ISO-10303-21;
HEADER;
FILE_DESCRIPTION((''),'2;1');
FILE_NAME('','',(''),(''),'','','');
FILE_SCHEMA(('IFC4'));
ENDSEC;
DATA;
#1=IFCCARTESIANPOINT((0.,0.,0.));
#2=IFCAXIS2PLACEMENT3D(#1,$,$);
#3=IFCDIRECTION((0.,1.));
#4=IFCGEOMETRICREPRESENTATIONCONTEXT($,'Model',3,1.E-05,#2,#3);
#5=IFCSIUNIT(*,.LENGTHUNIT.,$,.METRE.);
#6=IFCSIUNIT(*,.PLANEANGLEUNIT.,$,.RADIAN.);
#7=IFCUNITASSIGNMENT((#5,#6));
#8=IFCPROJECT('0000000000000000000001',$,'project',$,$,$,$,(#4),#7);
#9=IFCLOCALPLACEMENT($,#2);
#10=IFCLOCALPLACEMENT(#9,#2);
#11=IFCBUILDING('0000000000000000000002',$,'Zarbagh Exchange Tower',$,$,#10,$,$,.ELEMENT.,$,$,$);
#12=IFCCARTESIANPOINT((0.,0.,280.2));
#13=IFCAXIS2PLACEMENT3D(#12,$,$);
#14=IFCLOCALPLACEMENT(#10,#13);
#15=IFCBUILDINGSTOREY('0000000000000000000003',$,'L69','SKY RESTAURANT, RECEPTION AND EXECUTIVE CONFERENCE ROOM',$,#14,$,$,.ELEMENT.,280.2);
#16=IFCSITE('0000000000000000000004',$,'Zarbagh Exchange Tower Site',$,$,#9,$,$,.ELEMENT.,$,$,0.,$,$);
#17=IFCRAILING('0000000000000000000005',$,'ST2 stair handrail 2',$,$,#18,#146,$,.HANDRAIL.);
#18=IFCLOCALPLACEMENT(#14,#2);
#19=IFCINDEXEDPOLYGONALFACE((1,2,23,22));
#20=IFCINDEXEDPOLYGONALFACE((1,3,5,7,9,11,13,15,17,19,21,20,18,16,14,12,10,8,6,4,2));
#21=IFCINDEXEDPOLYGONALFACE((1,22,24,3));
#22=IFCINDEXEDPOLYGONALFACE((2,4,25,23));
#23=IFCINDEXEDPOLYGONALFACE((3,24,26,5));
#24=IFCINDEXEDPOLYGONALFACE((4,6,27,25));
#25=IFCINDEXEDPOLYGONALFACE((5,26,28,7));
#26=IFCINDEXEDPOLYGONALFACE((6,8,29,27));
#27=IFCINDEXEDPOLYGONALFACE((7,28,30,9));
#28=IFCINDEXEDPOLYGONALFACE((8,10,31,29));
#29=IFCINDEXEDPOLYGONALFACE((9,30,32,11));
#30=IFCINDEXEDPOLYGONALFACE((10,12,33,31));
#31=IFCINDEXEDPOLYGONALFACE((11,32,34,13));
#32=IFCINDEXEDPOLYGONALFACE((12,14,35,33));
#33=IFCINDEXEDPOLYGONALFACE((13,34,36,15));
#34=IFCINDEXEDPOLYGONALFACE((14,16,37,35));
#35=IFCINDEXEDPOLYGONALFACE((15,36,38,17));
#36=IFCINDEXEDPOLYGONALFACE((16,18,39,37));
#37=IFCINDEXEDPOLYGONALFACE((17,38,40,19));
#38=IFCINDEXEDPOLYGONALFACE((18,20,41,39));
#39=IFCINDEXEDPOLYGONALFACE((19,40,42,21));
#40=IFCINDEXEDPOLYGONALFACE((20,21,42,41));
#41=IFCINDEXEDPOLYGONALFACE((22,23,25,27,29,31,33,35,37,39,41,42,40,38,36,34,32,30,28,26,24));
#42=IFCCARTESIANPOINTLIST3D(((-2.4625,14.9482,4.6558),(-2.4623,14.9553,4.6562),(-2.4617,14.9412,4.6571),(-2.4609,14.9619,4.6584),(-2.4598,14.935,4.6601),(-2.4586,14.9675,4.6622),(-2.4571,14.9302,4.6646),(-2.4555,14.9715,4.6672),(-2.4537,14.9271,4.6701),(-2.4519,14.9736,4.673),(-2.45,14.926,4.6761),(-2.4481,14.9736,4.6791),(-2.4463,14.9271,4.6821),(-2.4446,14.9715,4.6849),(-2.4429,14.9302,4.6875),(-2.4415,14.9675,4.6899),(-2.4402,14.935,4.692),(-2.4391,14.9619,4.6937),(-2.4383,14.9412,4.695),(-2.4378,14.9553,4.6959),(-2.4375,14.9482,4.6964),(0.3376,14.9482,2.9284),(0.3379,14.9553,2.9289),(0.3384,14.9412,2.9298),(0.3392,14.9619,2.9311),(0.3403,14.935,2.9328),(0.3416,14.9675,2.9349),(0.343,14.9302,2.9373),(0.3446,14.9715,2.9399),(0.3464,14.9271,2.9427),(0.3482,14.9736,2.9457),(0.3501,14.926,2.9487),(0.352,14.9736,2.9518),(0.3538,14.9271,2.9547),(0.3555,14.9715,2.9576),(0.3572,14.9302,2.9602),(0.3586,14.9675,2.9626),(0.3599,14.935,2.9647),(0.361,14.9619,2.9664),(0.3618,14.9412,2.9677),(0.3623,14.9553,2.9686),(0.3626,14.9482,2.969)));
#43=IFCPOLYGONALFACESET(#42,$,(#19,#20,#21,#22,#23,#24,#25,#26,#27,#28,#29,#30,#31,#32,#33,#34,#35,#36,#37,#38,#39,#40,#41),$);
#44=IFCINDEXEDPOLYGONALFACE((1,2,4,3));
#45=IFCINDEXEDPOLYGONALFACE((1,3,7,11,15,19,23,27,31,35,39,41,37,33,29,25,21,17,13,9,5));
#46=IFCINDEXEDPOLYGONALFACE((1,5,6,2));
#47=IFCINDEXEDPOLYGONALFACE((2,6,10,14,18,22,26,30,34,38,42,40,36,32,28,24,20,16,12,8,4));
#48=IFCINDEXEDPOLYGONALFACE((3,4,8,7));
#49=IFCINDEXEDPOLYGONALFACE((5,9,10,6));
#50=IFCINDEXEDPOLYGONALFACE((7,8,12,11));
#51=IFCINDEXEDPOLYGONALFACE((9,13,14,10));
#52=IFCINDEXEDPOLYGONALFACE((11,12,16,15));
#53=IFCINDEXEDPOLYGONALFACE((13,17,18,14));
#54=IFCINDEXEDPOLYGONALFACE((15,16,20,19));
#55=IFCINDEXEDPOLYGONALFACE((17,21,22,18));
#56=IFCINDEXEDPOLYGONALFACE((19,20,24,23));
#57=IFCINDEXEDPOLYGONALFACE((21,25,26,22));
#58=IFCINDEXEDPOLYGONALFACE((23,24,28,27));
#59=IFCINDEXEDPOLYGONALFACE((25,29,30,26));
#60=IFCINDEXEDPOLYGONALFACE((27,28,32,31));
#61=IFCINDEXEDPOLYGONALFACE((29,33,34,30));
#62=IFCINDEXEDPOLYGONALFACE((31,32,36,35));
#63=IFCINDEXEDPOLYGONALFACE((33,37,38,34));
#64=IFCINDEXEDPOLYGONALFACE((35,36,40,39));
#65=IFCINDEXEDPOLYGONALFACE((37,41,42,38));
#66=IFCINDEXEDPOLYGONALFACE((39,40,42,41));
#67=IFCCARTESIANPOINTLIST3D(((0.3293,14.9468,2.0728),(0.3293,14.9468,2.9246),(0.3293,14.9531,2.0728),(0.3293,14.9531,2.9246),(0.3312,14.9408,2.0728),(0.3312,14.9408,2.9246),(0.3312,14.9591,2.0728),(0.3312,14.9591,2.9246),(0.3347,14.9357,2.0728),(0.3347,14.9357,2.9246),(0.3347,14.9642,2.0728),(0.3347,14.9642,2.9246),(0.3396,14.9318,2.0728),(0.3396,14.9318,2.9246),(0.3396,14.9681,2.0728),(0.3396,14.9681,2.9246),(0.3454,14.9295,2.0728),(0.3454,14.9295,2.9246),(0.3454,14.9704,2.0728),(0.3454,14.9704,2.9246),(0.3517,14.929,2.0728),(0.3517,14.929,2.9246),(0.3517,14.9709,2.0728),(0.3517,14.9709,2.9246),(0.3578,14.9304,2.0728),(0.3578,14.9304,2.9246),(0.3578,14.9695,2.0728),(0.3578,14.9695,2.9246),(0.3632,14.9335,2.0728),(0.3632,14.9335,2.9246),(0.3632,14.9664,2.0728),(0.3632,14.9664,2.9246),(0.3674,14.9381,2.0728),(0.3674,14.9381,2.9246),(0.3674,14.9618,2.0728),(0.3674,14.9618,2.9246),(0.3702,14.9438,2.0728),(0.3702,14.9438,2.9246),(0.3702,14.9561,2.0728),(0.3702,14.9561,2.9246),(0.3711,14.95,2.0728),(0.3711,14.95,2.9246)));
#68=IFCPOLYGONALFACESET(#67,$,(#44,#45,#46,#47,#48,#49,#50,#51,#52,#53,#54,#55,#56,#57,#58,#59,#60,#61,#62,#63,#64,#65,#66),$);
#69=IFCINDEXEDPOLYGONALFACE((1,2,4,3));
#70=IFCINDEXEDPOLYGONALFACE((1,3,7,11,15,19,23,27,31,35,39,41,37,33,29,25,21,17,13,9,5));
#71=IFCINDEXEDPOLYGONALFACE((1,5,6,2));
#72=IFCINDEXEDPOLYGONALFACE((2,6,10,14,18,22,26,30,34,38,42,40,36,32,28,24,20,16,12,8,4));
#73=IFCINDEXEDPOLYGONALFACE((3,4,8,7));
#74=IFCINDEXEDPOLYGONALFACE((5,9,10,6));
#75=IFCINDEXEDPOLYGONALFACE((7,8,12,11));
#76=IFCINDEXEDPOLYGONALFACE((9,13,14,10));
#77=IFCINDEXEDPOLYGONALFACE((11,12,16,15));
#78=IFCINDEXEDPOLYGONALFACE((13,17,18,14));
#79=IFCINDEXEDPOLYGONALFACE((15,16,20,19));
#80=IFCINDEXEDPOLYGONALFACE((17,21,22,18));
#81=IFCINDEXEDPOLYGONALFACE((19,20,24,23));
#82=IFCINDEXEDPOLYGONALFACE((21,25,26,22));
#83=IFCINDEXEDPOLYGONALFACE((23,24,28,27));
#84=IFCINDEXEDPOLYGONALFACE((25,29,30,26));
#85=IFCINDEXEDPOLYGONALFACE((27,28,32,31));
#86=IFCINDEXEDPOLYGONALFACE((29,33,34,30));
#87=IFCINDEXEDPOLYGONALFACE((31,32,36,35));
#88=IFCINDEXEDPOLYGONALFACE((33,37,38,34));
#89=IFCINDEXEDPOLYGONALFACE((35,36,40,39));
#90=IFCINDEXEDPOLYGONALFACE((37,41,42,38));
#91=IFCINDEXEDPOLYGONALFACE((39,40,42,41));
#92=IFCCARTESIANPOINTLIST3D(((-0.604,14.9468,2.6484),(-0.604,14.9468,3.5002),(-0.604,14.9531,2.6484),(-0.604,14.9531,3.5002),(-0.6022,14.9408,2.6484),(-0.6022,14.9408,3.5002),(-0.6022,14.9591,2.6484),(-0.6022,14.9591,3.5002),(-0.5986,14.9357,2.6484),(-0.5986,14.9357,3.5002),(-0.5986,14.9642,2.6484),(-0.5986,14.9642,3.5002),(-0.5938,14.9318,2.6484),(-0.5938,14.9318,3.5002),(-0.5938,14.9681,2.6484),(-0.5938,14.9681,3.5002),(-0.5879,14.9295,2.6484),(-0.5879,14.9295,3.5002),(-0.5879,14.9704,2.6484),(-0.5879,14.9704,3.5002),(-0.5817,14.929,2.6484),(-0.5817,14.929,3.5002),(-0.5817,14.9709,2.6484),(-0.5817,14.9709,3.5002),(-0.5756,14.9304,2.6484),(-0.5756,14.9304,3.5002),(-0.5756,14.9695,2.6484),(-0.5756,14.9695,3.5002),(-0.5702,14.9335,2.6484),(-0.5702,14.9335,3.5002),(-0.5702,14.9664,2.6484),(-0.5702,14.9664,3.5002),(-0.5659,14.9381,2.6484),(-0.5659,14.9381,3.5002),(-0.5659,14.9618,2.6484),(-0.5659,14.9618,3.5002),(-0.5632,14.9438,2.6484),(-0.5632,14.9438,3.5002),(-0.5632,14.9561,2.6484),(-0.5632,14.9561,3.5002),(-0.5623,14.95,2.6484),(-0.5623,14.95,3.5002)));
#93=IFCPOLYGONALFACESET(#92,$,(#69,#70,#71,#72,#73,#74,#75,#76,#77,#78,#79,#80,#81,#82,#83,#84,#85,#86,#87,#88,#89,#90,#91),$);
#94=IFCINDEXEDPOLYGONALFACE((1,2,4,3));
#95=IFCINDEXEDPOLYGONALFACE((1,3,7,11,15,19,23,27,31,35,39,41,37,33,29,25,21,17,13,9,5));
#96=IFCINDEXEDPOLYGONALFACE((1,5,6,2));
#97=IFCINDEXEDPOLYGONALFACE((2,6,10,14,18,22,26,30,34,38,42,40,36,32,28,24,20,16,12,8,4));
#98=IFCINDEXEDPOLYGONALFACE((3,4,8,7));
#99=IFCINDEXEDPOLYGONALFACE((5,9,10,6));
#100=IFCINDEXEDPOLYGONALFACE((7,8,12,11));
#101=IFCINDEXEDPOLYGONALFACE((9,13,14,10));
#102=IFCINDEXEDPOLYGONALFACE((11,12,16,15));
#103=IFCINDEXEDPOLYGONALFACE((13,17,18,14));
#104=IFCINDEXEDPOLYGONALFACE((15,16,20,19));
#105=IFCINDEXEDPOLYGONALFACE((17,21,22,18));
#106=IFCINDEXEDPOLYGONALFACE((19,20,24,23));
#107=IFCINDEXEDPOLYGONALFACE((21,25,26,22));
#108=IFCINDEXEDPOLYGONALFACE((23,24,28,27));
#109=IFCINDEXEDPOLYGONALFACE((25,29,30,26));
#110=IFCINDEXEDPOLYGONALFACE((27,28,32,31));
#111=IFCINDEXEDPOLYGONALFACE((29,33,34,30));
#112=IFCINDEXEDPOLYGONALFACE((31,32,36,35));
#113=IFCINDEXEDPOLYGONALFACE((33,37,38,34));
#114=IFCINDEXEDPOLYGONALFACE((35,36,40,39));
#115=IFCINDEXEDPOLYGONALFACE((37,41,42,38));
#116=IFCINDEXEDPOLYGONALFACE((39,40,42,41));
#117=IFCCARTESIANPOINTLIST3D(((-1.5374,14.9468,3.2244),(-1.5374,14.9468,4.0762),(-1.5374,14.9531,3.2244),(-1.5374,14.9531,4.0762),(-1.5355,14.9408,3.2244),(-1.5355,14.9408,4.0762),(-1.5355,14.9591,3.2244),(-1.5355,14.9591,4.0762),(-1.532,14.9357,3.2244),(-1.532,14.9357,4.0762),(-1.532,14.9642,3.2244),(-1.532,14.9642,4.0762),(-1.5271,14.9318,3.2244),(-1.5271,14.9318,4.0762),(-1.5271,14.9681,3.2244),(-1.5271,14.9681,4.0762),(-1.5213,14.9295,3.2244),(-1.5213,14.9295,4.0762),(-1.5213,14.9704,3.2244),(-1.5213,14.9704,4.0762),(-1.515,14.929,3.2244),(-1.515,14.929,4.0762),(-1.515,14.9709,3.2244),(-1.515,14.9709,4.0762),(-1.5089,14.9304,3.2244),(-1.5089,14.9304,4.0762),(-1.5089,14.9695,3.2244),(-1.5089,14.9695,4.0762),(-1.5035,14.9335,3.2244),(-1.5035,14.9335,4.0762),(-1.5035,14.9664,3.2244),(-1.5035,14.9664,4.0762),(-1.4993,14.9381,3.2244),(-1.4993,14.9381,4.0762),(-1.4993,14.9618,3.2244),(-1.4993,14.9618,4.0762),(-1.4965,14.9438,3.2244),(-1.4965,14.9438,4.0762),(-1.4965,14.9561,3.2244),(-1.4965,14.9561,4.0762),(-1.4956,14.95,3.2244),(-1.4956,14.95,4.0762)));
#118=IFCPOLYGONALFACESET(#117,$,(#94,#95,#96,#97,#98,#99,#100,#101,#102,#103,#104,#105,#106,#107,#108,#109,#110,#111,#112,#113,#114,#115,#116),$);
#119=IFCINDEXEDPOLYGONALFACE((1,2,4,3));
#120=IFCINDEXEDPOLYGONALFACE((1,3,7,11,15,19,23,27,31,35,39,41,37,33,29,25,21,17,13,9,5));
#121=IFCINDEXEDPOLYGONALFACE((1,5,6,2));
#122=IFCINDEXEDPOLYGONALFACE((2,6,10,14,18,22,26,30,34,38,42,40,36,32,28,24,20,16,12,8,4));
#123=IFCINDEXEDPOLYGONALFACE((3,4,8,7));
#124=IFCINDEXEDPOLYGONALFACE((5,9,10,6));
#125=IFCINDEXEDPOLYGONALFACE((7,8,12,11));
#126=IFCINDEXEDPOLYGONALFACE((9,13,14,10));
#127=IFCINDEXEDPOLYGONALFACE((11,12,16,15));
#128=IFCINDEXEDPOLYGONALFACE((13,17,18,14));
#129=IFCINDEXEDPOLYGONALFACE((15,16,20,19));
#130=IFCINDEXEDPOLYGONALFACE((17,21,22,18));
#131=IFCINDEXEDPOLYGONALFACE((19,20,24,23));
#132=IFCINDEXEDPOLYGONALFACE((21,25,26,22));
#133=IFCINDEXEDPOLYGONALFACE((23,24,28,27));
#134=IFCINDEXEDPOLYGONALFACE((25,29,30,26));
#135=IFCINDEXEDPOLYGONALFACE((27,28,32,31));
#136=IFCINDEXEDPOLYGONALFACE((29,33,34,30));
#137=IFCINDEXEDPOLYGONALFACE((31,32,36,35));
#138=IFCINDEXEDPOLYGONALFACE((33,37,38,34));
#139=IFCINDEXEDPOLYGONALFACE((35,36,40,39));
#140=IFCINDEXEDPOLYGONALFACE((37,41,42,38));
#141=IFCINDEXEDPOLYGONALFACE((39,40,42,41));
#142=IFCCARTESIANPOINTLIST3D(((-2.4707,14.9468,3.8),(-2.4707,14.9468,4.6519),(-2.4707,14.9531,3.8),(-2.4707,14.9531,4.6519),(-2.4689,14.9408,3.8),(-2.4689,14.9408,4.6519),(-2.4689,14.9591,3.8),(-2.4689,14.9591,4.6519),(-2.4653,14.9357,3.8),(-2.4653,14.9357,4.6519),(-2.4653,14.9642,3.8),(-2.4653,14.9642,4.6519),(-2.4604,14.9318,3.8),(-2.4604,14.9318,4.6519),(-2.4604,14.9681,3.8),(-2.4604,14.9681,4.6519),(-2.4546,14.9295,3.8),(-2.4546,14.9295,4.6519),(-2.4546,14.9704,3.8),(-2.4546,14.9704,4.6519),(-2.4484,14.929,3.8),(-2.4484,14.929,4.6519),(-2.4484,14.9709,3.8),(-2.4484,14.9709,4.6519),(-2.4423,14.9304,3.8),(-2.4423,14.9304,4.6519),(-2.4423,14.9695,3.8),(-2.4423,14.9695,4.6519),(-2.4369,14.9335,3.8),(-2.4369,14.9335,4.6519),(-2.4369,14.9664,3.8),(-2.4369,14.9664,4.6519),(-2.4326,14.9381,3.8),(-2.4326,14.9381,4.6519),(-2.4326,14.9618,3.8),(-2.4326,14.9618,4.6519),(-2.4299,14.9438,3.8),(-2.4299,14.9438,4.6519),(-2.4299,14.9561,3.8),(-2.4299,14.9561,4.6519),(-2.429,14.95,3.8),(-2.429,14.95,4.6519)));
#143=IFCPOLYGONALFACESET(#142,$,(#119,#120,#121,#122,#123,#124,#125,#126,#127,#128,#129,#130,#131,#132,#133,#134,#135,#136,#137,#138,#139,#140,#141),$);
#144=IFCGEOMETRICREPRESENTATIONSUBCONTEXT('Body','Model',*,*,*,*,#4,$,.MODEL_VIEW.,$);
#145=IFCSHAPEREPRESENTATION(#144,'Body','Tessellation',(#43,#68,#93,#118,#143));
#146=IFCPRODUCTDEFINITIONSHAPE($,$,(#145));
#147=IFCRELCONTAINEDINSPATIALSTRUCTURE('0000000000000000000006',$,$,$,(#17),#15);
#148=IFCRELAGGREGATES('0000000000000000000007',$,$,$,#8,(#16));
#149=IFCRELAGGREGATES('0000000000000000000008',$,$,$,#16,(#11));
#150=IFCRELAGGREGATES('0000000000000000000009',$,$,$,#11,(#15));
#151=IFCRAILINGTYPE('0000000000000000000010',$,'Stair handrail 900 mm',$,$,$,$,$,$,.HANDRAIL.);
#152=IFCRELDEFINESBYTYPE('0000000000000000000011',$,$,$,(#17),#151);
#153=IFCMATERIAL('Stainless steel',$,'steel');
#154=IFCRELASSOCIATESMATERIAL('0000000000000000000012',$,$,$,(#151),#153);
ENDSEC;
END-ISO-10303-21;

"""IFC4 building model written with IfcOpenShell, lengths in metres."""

from ifc_helpers import new_model, si_unit, direction, frame, origin, origin_2d, place, context, subcontext, project, spatial, circle, extrude, material, type_object, element, save


model = new_model("IFC4")

# Units and contexts
model_context = context("Model", 3, precision=1e-05, world=origin(), true_north=direction((0.0, 1.0)))
body_context = subcontext(model_context, "Body", "Model", "MODEL_VIEW")
ifc_project = project(units=[si_unit("LENGTHUNIT", "METRE"), si_unit("PLANEANGLEUNIT", "RADIAN")], contexts=[model_context])

# Site, building, storey
site_placement = place(None, origin())
site = spatial("IfcSite", under=ifc_project, at=site_placement, Name="Zarbagh Exchange Tower Site", CompositionType="ELEMENT", RefElevation=0.0)
building_placement = place(site_placement, origin())
building = spatial("IfcBuilding", under=site, at=building_placement, Name="Zarbagh Exchange Tower", CompositionType="ELEMENT")
storey_placement = place(building_placement, frame((0.0, 0.0, 280.2)))
storey = spatial("IfcBuildingStorey", under=building, at=storey_placement, Name="L69", Description="SKY RESTAURANT, RECEPTION AND EXECUTIVE CONFERENCE ROOM", CompositionType="ELEMENT", Elevation=280.2)

# Shared definitions
ifc_material_1 = material(Name="Stainless steel", Category="steel")

# Railing
railing_type_1 = type_object("IfcRailingType", Name="Stair handrail 900 mm", PredefinedType="HANDRAIL", material=ifc_material_1)
railing_1_placement = place(storey_placement, frame((0.3501, 14.95, 2.0728)))
element("IfcRailing", 1, at=railing_1_placement, inside=storey, type_object=railing_type_1, Name="ST2 stair handrail 2", PredefinedType="HANDRAIL", context=body_context, shape_type="SweptSolid", body=[
    extrude(circle(Radius=0.0239, at=origin_2d()), frame((0.0, 0.0, 0.876), z_axis=(-0.85109, 0.0, 0.52502), x_axis=(0.0, -1.0, 0.0)), (0.0, 0.0, 1.0), 3.29),
    extrude(circle(Radius=0.021, at=origin_2d()), origin(), (0.0, 0.0, 1.0), 0.8518),
    extrude(circle(Radius=0.021, at=origin_2d()), frame((-0.9333, 0.0, 0.5757)), (0.0, 0.0, 1.0), 0.8518),
    extrude(circle(Radius=0.021, at=origin_2d()), frame((-1.8667, 0.0, 1.1516)), (0.0, 0.0, 1.0), 0.8518),
    extrude(circle(Radius=0.021, at=origin_2d()), frame((-2.8, 0.0, 1.7273)), (0.0, 0.0, 1.0), 0.8518),
])

save(model, "model.ifc")
